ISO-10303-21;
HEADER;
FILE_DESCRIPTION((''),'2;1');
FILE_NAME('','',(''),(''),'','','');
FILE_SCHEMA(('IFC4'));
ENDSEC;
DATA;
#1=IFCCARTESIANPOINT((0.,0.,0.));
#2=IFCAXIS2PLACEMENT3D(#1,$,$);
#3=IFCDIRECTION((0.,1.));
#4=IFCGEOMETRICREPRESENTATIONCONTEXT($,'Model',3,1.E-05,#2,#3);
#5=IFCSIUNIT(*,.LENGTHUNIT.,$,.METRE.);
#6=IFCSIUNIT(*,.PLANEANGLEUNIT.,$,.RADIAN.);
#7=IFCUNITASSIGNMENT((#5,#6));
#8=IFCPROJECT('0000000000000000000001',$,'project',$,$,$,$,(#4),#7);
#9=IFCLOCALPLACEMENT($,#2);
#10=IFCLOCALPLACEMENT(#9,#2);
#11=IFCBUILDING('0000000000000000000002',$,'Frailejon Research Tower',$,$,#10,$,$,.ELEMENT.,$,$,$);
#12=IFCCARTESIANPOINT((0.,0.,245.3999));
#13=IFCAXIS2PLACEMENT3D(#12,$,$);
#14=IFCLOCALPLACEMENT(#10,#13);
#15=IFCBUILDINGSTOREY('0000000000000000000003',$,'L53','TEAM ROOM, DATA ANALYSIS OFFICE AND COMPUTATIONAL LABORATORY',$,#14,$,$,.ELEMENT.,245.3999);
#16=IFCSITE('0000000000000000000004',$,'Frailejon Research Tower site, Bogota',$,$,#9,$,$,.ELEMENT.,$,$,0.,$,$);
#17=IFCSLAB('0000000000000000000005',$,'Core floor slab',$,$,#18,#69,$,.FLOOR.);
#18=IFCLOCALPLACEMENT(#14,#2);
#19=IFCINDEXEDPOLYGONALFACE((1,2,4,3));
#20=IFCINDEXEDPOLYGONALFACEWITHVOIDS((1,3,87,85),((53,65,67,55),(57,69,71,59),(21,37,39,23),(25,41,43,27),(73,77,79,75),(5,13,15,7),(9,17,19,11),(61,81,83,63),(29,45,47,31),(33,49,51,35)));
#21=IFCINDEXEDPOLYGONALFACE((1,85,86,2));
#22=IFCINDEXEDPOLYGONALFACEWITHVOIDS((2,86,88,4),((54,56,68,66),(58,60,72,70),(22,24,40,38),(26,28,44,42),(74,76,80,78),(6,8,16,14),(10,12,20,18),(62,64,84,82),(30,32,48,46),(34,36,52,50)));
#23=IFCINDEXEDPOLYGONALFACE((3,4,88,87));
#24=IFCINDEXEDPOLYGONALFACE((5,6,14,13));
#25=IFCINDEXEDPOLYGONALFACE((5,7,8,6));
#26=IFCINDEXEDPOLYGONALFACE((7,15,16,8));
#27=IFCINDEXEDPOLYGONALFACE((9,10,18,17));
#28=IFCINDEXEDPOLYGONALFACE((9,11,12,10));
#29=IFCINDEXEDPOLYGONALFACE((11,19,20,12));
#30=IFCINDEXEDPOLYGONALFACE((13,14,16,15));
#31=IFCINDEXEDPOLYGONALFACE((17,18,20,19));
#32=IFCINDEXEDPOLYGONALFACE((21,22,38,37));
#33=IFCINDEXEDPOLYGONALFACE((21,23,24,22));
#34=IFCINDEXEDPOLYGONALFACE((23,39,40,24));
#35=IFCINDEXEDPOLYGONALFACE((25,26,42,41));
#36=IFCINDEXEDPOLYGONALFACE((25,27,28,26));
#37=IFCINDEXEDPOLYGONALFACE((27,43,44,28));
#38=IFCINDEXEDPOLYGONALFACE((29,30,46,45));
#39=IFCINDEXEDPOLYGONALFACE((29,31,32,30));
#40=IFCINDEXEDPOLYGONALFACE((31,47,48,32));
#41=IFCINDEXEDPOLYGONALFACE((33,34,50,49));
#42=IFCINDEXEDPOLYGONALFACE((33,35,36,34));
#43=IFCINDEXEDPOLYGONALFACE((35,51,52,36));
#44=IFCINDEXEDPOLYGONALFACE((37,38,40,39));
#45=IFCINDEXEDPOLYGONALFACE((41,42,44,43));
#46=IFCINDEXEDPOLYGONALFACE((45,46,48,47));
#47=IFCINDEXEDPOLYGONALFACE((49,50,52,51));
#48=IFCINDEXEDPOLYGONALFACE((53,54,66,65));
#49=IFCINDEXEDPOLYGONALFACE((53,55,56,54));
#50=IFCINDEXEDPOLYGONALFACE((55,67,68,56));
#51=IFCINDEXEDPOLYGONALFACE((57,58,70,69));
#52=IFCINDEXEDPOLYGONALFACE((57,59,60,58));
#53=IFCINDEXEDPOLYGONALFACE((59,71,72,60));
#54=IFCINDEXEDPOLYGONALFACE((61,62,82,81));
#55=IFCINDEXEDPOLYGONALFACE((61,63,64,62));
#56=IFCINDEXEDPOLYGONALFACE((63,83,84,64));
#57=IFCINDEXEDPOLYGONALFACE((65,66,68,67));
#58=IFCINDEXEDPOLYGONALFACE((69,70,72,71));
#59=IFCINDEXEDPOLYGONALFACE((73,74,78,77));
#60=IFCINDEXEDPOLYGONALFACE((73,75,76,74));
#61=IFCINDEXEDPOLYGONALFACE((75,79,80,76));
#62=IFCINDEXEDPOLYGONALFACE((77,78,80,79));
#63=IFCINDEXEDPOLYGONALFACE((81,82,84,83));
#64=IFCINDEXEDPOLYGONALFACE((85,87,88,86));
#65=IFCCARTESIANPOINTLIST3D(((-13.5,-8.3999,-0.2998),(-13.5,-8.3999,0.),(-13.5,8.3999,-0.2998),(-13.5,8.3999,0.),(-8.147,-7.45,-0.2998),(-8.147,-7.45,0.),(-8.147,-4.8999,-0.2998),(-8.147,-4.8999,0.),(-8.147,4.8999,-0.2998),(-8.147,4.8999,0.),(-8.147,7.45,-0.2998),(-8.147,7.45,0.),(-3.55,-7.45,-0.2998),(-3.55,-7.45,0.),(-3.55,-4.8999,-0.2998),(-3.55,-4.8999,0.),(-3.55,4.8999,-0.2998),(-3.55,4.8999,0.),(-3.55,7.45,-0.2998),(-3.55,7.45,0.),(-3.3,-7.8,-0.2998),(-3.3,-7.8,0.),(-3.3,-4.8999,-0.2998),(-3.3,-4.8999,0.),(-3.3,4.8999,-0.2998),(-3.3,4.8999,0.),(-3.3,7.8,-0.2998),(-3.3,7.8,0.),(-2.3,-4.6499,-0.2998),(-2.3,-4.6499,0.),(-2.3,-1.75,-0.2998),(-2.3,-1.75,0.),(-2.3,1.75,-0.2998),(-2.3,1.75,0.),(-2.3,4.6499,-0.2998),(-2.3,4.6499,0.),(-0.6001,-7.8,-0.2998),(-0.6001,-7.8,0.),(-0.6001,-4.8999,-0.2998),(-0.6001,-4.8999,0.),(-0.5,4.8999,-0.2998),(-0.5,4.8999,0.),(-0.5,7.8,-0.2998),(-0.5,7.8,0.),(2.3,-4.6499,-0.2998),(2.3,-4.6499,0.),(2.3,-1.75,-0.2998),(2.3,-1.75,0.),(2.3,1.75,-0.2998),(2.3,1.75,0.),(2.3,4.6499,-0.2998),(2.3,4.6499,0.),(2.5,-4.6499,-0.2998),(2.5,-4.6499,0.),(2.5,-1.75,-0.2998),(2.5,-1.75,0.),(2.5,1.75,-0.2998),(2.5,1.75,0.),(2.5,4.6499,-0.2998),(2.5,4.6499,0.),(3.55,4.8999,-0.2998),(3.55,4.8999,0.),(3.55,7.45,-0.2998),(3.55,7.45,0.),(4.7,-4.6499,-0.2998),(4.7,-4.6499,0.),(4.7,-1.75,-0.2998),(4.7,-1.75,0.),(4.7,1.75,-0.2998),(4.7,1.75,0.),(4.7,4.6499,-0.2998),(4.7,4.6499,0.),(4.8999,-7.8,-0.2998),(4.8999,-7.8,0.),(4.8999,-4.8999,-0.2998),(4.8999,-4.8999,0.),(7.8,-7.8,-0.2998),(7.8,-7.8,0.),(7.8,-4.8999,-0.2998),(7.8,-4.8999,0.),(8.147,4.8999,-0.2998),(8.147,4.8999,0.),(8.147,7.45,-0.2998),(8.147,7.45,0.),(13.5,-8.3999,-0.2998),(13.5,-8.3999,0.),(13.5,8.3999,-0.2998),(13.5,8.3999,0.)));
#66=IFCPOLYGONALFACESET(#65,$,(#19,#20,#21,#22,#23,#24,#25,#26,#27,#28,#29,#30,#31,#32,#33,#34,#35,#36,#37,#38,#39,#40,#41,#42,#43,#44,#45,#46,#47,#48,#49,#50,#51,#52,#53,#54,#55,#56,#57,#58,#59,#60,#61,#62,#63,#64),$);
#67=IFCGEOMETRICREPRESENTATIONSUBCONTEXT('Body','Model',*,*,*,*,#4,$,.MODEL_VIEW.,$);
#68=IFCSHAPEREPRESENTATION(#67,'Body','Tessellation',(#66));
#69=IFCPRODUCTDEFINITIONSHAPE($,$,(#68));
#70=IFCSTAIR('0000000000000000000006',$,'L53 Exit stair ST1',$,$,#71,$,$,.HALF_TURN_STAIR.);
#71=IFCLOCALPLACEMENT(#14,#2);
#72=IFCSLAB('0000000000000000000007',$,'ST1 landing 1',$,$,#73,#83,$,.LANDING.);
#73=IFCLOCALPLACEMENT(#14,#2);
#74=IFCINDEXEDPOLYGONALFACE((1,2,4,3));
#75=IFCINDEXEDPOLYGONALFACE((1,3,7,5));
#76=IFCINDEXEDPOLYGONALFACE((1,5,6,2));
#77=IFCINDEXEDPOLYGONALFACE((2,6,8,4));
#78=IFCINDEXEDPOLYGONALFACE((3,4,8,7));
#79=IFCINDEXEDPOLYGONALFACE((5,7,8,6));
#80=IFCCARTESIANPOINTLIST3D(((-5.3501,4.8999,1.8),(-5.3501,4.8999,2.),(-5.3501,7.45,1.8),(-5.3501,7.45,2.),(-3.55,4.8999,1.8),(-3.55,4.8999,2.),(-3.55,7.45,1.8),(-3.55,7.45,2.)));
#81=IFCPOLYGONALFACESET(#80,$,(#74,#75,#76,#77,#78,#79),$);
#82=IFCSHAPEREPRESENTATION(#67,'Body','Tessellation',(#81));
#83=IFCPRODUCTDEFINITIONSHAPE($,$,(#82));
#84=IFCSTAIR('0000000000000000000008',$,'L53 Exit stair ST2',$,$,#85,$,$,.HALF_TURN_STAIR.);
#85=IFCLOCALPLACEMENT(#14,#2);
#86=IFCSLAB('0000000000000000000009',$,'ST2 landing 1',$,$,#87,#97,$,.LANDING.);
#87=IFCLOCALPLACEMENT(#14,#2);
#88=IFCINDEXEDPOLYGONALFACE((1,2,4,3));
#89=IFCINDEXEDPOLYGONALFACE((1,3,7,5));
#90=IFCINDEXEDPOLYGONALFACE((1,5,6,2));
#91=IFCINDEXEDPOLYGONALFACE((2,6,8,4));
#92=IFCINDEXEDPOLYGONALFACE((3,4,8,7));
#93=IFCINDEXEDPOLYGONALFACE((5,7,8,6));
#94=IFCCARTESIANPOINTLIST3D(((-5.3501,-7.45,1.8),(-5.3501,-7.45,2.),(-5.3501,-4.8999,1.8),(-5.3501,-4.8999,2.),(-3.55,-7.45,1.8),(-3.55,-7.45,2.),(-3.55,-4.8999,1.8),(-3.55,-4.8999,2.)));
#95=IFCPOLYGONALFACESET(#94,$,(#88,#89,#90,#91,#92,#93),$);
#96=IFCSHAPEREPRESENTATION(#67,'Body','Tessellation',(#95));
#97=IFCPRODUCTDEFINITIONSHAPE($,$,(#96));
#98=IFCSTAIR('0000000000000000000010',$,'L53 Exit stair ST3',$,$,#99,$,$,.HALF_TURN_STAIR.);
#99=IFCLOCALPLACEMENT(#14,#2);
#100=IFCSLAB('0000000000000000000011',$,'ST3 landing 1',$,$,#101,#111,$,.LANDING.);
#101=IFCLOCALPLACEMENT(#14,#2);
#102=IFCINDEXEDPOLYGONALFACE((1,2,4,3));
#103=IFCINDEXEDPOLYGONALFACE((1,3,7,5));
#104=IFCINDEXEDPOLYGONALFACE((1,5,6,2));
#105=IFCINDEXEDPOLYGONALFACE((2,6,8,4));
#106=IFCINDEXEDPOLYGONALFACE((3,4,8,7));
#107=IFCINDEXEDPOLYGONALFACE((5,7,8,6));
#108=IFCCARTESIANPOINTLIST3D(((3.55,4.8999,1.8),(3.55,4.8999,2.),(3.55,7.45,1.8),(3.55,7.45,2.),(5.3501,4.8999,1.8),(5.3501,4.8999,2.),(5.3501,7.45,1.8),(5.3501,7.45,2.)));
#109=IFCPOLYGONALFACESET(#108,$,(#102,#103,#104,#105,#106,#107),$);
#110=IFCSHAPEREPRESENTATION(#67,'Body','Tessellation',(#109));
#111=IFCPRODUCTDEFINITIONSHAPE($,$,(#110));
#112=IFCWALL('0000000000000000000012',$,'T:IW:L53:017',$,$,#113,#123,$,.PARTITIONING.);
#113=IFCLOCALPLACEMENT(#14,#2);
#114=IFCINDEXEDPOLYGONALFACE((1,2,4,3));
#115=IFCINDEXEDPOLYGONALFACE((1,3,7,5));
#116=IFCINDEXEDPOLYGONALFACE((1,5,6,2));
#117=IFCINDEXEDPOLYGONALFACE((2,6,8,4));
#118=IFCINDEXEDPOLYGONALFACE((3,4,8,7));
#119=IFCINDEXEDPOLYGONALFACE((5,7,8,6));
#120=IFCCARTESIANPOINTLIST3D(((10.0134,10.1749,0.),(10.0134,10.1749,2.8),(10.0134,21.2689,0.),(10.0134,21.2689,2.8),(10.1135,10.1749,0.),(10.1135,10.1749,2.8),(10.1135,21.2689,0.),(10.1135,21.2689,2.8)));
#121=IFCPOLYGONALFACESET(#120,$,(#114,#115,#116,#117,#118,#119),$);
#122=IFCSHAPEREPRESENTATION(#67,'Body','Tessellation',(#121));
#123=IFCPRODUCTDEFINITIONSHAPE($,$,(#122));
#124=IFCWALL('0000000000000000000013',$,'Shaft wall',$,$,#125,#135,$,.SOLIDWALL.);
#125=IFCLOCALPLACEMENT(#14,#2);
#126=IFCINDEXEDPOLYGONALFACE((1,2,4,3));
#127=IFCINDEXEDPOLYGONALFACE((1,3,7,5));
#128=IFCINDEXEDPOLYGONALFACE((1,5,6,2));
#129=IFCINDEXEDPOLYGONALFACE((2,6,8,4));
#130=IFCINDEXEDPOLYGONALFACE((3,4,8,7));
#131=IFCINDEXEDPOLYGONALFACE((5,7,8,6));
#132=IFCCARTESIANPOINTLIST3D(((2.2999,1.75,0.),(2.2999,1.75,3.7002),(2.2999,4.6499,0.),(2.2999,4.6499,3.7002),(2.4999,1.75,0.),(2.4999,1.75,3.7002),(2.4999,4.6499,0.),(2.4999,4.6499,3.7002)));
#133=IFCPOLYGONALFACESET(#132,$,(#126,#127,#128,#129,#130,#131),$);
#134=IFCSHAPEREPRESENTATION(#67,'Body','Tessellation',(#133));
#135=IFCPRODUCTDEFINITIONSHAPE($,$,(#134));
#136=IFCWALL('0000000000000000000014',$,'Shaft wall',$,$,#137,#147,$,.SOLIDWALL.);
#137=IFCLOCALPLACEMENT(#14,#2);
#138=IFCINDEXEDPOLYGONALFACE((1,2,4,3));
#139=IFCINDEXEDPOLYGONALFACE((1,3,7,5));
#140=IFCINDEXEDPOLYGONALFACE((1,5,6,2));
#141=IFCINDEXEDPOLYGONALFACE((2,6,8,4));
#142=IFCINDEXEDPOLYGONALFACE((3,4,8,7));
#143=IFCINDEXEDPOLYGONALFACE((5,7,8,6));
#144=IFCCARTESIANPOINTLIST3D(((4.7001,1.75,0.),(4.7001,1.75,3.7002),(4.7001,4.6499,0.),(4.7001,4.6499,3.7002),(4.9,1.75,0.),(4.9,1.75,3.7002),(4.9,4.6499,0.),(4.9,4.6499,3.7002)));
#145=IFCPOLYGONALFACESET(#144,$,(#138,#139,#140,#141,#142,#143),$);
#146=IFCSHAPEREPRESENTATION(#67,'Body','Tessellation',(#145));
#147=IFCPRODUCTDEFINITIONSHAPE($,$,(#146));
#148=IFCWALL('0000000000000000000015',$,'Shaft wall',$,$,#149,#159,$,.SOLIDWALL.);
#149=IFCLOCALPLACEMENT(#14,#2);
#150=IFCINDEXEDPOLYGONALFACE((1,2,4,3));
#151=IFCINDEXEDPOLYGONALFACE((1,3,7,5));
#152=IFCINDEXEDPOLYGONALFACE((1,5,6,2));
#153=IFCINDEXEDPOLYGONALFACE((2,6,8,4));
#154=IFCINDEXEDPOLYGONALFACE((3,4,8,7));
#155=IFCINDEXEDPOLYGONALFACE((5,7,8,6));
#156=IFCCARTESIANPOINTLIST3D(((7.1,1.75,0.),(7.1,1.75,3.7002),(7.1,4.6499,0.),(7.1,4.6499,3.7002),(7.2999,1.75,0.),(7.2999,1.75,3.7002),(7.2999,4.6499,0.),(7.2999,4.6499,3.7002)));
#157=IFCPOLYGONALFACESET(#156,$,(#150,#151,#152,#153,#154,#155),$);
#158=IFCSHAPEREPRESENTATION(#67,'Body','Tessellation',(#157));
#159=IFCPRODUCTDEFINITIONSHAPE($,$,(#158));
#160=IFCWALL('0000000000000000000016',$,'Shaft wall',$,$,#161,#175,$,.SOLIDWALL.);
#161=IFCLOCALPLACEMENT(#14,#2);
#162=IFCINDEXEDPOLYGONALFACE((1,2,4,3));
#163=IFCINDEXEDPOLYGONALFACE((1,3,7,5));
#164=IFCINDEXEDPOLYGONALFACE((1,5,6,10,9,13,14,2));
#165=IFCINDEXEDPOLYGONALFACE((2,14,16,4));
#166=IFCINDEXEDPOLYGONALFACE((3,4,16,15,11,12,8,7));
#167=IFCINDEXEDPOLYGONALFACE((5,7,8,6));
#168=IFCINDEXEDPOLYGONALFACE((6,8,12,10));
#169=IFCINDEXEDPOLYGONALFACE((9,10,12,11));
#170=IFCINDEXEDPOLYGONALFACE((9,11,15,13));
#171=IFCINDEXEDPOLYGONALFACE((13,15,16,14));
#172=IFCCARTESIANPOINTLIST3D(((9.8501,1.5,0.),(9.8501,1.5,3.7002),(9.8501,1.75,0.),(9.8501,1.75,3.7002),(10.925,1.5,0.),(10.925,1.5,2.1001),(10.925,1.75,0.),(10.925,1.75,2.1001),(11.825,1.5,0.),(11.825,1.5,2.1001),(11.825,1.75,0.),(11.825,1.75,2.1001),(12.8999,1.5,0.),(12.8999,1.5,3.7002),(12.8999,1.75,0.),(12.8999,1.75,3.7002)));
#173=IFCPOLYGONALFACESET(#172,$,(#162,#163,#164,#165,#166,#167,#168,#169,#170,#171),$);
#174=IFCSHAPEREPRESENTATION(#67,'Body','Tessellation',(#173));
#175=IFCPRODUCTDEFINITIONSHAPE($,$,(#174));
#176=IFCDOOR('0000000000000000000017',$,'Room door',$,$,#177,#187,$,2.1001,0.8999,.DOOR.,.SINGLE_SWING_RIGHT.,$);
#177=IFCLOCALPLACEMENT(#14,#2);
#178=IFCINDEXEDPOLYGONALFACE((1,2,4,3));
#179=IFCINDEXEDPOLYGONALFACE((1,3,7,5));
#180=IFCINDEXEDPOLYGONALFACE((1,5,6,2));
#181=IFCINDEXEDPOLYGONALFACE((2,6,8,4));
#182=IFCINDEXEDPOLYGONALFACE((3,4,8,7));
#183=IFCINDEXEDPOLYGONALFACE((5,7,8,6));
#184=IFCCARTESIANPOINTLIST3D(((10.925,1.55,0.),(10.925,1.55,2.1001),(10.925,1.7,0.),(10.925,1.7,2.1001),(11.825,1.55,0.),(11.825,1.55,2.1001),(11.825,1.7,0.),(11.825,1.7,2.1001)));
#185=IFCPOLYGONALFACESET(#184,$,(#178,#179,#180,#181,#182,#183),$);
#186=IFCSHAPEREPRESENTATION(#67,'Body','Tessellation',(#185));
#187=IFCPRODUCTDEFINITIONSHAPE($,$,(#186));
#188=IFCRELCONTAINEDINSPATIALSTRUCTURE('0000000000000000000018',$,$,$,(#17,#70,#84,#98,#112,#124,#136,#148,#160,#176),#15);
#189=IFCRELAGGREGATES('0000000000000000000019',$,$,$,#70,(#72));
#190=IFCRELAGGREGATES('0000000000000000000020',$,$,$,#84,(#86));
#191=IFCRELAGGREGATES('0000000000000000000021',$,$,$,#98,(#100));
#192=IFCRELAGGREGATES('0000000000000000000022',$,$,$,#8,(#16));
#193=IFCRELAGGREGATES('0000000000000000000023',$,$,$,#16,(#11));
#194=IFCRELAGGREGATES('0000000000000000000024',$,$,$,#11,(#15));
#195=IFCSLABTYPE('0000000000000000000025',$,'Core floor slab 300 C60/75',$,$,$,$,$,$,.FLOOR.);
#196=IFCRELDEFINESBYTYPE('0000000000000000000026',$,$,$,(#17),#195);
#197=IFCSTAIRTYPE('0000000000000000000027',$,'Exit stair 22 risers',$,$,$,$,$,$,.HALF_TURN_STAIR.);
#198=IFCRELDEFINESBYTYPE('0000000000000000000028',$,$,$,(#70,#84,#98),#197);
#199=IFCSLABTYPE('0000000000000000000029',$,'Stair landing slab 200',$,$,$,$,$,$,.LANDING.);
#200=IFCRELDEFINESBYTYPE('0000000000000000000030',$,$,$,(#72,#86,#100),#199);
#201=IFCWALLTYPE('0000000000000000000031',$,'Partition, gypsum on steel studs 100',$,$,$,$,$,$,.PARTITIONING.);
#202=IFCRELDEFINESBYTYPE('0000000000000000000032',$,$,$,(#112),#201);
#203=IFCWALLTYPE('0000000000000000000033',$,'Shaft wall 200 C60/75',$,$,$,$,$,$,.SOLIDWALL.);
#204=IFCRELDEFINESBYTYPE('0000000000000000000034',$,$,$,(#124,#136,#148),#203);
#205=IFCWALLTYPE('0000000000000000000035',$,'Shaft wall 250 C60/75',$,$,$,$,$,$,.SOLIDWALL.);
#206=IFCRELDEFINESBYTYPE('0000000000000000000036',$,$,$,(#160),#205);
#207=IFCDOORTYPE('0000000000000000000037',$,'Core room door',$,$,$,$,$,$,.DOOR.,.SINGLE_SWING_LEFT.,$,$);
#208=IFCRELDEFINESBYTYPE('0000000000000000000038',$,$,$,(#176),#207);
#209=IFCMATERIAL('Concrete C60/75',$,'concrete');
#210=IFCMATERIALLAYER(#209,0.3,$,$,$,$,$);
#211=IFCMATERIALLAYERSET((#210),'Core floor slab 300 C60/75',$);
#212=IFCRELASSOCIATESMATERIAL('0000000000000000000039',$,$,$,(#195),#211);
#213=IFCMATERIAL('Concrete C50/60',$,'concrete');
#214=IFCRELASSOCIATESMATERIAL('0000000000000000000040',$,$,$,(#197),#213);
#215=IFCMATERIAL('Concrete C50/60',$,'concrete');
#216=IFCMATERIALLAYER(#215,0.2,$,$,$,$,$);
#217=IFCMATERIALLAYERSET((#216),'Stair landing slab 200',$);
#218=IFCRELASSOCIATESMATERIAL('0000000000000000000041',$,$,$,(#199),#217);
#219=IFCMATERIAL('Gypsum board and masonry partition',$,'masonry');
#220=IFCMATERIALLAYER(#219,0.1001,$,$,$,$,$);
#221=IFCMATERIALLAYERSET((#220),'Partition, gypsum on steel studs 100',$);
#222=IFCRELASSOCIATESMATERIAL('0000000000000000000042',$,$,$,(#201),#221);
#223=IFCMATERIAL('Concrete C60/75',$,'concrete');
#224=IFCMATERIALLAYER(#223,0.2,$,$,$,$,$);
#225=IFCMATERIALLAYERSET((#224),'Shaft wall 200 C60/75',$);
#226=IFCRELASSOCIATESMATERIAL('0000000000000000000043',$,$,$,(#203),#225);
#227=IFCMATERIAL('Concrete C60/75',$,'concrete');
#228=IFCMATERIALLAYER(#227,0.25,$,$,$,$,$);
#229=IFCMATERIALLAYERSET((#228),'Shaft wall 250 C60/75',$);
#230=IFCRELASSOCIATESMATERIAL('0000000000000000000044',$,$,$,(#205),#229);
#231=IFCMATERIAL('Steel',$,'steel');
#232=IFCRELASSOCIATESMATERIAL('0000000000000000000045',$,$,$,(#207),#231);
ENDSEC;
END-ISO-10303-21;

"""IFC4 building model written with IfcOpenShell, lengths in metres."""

from ifc_helpers import new_model, si_unit, direction, frame, frame_2d, origin, place, context, subcontext, project, spatial, polyline, rectangle, outline, extrude, material, layer, layer_set, type_object, element, fill, aggregate, save


model = new_model("IFC4")

# Units and contexts
model_context = context("Model", 3, precision=1e-05, world=origin(), true_north=direction((0.0, 1.0)))
body_context = subcontext(model_context, "Body", "Model", "MODEL_VIEW")
ifc_project = project(units=[si_unit("LENGTHUNIT", "METRE"), si_unit("PLANEANGLEUNIT", "RADIAN")], contexts=[model_context])

# Site, building, storey
site_placement = place(None, origin())
site = spatial("IfcSite", under=ifc_project, at=site_placement, Name="Frailejon Research Tower site, Bogota", CompositionType="ELEMENT", RefElevation=0.0)
building_placement = place(site_placement, origin())
building = spatial("IfcBuilding", under=site, at=building_placement, Name="Frailejon Research Tower", CompositionType="ELEMENT")
storey_placement = place(building_placement, frame((0.0, 0.0, 245.3999)))
storey = spatial("IfcBuildingStorey", under=building, at=storey_placement, Name="L53", Description="TEAM ROOM, DATA ANALYSIS OFFICE AND COMPUTATIONAL LABORATORY", CompositionType="ELEMENT", Elevation=245.3999)

# Slab
ifc_material_1 = material(Name="Concrete C60/75", Category="concrete")
ifc_layer_1 = layer(ifc_material_1, 0.3)
ifc_layer_set_1 = layer_set([ifc_layer_1], Name="Core floor slab 300 C60/75")
slab_type_1 = type_object("IfcSlabType", Name="Core floor slab 300 C60/75", PredefinedType="FLOOR", material=ifc_layer_set_1)
slab_1_placement = place(storey_placement, frame((0.0, 0.0, -0.2998)))
element("IfcSlab", 1, at=slab_1_placement, inside=storey, type_object=slab_type_1, Name="Core floor slab", PredefinedType="FLOOR", context=body_context, shape_type="SweptSolid", body=[
    extrude(outline(polyline([(13.5, -8.3999), (13.5, 8.3999), (-13.5, 8.3999), (-13.5, -8.3999), (13.5, -8.3999)]), holes=[polyline([(2.3, 1.75), (2.3, 4.6499), (-2.3, 4.6499), (-2.3, 1.75), (2.3, 1.75)]), polyline([(4.7, 1.75), (4.7, 4.6499), (2.5, 4.6499), (2.5, 1.75), (4.7, 1.75)]), polyline([(2.3, -4.6499), (2.3, -1.75), (-2.3, -1.75), (-2.3, -4.6499), (2.3, -4.6499)]), polyline([(4.7, -4.6499), (4.7, -1.75), (2.5, -1.75), (2.5, -4.6499), (4.7, -4.6499)]), polyline([(-8.147, 4.8999), (-3.55, 4.8999), (-3.55, 7.45), (-8.147, 7.45), (-8.147, 4.8999)]), polyline([(-8.147, -7.45), (-3.55, -7.45), (-3.55, -4.8999), (-8.147, -4.8999), (-8.147, -7.45)]), polyline([(8.147, 7.45), (3.55, 7.45), (3.55, 4.8999), (8.147, 4.8999), (8.147, 7.45)]), polyline([(-0.6001, -7.8), (-0.6001, -4.8999), (-3.3, -4.8999), (-3.3, -7.8), (-0.6001, -7.8)]), polyline([(7.8, -7.8), (7.8, -4.8999), (4.8999, -4.8999), (4.8999, -7.8), (7.8, -7.8)]), polyline([(-0.5, 4.8999), (-0.5, 7.8), (-3.3, 7.8), (-3.3, 4.8999), (-0.5, 4.8999)])]), origin(), (0.0, 0.0, 1.0), 0.2998),
])

# Stairs, slabs
ifc_material_2 = material(Name="Concrete C50/60", Category="concrete")
stair_type = type_object("IfcStairType", Name="Exit stair 22 risers", PredefinedType="HALF_TURN_STAIR", material=ifc_material_2)
stair_1_placement = place(storey_placement, origin())
stair_1 = element("IfcStair", 2, at=stair_1_placement, inside=storey, type_object=stair_type, Name="L53 Exit stair ST1", PredefinedType="HALF_TURN_STAIR")
ifc_material_3 = material(Name="Concrete C50/60", Category="concrete")
ifc_layer_2 = layer(ifc_material_3, 0.2)
ifc_layer_set_2 = layer_set([ifc_layer_2], Name="Stair landing slab 200")
slab_type_2 = type_object("IfcSlabType", Name="Stair landing slab 200", PredefinedType="LANDING", material=ifc_layer_set_2)
slab_2_placement = place(storey_placement, frame((0.0, 0.0, 1.8)))
slab_2 = element("IfcSlab", 3, at=slab_2_placement, type_object=slab_type_2, Name="ST1 landing 1", PredefinedType="LANDING", context=body_context, shape_type="SweptSolid", body=[
    extrude(outline(polyline([(-5.3501, 4.8999), (-3.55, 4.8999), (-3.55, 7.45), (-5.3501, 7.45), (-5.3501, 4.8999)])), origin(), (0.0, 0.0, 1.0), 0.2),
])
aggregate(stair_1, [slab_2])
stair_2_placement = place(storey_placement, origin())
stair_2 = element("IfcStair", 4, at=stair_2_placement, inside=storey, type_object=stair_type, Name="L53 Exit stair ST2", PredefinedType="HALF_TURN_STAIR")
slab_3_placement = place(storey_placement, frame((0.0, 0.0, 1.8)))
slab_3 = element("IfcSlab", 5, at=slab_3_placement, type_object=slab_type_2, Name="ST2 landing 1", PredefinedType="LANDING", context=body_context, shape_type="SweptSolid", body=[
    extrude(outline(polyline([(-5.3501, -7.45), (-3.55, -7.45), (-3.55, -4.8999), (-5.3501, -4.8999), (-5.3501, -7.45)])), origin(), (0.0, 0.0, 1.0), 0.2),
])
aggregate(stair_2, [slab_3])
stair_3_placement = place(storey_placement, origin())
stair_3 = element("IfcStair", 6, at=stair_3_placement, inside=storey, type_object=stair_type, Name="L53 Exit stair ST3", PredefinedType="HALF_TURN_STAIR")
slab_4_placement = place(storey_placement, frame((0.0, 0.0, 1.8)))
slab_4 = element("IfcSlab", 7, at=slab_4_placement, type_object=slab_type_2, Name="ST3 landing 1", PredefinedType="LANDING", context=body_context, shape_type="SweptSolid", body=[
    extrude(outline(polyline([(5.3501, 7.45), (3.55, 7.45), (3.55, 4.8999), (5.3501, 4.8999), (5.3501, 7.45)])), origin(), (0.0, 0.0, 1.0), 0.2),
])

# Walls
ifc_material_4 = material(Name="Gypsum board and masonry partition", Category="masonry")
ifc_layer_3 = layer(ifc_material_4, 0.1001)
ifc_layer_set_3 = layer_set([ifc_layer_3], Name="Partition, gypsum on steel studs 100")
wall_type_1 = type_object("IfcWallType", Name="Partition, gypsum on steel studs 100", PredefinedType="PARTITIONING", material=ifc_layer_set_3)
wall_1_placement = place(storey_placement, frame((10.0635, 10.175, 0.0), z_axis=(0.0, 0.0, 1.0), x_axis=(0.0, 1.0, 0.0)))
element("IfcWall", 8, at=wall_1_placement, inside=storey, type_object=wall_type_1, Name="T:IW:L53:017", PredefinedType="PARTITIONING", context=body_context, shape_type="SweptSolid", body=[
    extrude(rectangle(XDim=11.094, YDim=0.1001, at=frame_2d((5.5469, 0.0))), origin(), (0.0, 0.0, 1.0), 2.8),
])
ifc_material_5 = material(Name="Concrete C60/75", Category="concrete")
ifc_layer_4 = layer(ifc_material_5, 0.2)
ifc_layer_set_4 = layer_set([ifc_layer_4], Name="Shaft wall 200 C60/75")
wall_type_2 = type_object("IfcWallType", Name="Shaft wall 200 C60/75", PredefinedType="SOLIDWALL", material=ifc_layer_set_4)
for number, where, z_axis, x_axis, name in (
    (9, (2.3999, 1.75, 0.0), (0.0, 0.0, 1.0), (0.0, 1.0, 0.0), "Shaft wall"),
    (10, (4.8, 1.75, 0.0), (0.0, 0.0, 1.0), (0.0, 1.0, 0.0), "Shaft wall"),
    (11, (7.2, 1.75, 0.0), (0.0, 0.0, 1.0), (0.0, 1.0, 0.0), "Shaft wall"),
):
    element("IfcWall", number, at=place(storey_placement, frame(where, z_axis=z_axis, x_axis=x_axis)), inside=storey, type_object=wall_type_2, Name=name, PredefinedType="SOLIDWALL", context=body_context, shape_type="SweptSolid", body=[
        extrude(rectangle(XDim=2.8999, YDim=0.2, at=frame_2d((1.45, 0.0))), origin(), (0.0, 0.0, 1.0), 3.7002),
    ])

# Wall, opening, door
ifc_material_6 = material(Name="Concrete C60/75", Category="concrete")
ifc_layer_5 = layer(ifc_material_6, 0.25)
ifc_layer_set_5 = layer_set([ifc_layer_5], Name="Shaft wall 250 C60/75")
wall_type_3 = type_object("IfcWallType", Name="Shaft wall 250 C60/75", PredefinedType="SOLIDWALL", material=ifc_layer_set_5)
wall_2_placement = place(storey_placement, frame((9.8501, 1.625, 0.0), z_axis=(0.0, 0.0, 1.0), x_axis=(1.0, 0.0, 0.0)))
wall_2 = element("IfcWall", 12, at=wall_2_placement, inside=storey, type_object=wall_type_3, Name="Shaft wall", PredefinedType="SOLIDWALL", context=body_context, shape_type="SweptSolid", body=[
    extrude(rectangle(XDim=3.0498, YDim=0.25, at=frame_2d((1.5249, 0.0))), origin(), (0.0, 0.0, 1.0), 3.7002),
])
opening_1_placement = place(wall_2_placement, frame((1.075, 0.0, 0.0)))
opening_1 = element("IfcOpeningElement", 13, at=opening_1_placement, cuts=wall_2, PredefinedType="OPENING", context=body_context, shape_type="SweptSolid", body=[
    extrude(rectangle(XDim=0.8999, YDim=2.1001, at=frame_2d((0.45, 1.05))), frame((0.0, 0.135, 0.0), z_axis=(0.0, -1.0, 0.0), x_axis=(1.0, 0.0, 0.0)), (0.0, 0.0, 1.0), 0.27),
])
ifc_material_7 = material(Name="Steel", Category="steel")
door_type_1 = type_object("IfcDoorType", Name="Core room door", OperationType="SINGLE_SWING_LEFT", PredefinedType="DOOR", material=ifc_material_7)
door_1_placement = place(opening_1_placement, origin())
door_1 = element("IfcDoor", 14, at=door_1_placement, inside=storey, type_object=door_type_1, Name="Room door", OperationType="SINGLE_SWING_RIGHT", OverallHeight=2.1001, OverallWidth=0.8999, PredefinedType="DOOR", context=body_context, shape_type="SweptSolid", body=[
    extrude(rectangle(XDim=0.8999, YDim=2.1001, at=frame_2d((0.45, 1.05))), frame((0.0, 0.075, 0.0), z_axis=(0.0, -1.0, 0.0), x_axis=(1.0, 0.0, 0.0)), (0.0, 0.0, 1.0), 0.1499),
])
fill(opening_1, door_1)

aggregate(stair_3, [slab_4])

save(model, "model.ifc")
